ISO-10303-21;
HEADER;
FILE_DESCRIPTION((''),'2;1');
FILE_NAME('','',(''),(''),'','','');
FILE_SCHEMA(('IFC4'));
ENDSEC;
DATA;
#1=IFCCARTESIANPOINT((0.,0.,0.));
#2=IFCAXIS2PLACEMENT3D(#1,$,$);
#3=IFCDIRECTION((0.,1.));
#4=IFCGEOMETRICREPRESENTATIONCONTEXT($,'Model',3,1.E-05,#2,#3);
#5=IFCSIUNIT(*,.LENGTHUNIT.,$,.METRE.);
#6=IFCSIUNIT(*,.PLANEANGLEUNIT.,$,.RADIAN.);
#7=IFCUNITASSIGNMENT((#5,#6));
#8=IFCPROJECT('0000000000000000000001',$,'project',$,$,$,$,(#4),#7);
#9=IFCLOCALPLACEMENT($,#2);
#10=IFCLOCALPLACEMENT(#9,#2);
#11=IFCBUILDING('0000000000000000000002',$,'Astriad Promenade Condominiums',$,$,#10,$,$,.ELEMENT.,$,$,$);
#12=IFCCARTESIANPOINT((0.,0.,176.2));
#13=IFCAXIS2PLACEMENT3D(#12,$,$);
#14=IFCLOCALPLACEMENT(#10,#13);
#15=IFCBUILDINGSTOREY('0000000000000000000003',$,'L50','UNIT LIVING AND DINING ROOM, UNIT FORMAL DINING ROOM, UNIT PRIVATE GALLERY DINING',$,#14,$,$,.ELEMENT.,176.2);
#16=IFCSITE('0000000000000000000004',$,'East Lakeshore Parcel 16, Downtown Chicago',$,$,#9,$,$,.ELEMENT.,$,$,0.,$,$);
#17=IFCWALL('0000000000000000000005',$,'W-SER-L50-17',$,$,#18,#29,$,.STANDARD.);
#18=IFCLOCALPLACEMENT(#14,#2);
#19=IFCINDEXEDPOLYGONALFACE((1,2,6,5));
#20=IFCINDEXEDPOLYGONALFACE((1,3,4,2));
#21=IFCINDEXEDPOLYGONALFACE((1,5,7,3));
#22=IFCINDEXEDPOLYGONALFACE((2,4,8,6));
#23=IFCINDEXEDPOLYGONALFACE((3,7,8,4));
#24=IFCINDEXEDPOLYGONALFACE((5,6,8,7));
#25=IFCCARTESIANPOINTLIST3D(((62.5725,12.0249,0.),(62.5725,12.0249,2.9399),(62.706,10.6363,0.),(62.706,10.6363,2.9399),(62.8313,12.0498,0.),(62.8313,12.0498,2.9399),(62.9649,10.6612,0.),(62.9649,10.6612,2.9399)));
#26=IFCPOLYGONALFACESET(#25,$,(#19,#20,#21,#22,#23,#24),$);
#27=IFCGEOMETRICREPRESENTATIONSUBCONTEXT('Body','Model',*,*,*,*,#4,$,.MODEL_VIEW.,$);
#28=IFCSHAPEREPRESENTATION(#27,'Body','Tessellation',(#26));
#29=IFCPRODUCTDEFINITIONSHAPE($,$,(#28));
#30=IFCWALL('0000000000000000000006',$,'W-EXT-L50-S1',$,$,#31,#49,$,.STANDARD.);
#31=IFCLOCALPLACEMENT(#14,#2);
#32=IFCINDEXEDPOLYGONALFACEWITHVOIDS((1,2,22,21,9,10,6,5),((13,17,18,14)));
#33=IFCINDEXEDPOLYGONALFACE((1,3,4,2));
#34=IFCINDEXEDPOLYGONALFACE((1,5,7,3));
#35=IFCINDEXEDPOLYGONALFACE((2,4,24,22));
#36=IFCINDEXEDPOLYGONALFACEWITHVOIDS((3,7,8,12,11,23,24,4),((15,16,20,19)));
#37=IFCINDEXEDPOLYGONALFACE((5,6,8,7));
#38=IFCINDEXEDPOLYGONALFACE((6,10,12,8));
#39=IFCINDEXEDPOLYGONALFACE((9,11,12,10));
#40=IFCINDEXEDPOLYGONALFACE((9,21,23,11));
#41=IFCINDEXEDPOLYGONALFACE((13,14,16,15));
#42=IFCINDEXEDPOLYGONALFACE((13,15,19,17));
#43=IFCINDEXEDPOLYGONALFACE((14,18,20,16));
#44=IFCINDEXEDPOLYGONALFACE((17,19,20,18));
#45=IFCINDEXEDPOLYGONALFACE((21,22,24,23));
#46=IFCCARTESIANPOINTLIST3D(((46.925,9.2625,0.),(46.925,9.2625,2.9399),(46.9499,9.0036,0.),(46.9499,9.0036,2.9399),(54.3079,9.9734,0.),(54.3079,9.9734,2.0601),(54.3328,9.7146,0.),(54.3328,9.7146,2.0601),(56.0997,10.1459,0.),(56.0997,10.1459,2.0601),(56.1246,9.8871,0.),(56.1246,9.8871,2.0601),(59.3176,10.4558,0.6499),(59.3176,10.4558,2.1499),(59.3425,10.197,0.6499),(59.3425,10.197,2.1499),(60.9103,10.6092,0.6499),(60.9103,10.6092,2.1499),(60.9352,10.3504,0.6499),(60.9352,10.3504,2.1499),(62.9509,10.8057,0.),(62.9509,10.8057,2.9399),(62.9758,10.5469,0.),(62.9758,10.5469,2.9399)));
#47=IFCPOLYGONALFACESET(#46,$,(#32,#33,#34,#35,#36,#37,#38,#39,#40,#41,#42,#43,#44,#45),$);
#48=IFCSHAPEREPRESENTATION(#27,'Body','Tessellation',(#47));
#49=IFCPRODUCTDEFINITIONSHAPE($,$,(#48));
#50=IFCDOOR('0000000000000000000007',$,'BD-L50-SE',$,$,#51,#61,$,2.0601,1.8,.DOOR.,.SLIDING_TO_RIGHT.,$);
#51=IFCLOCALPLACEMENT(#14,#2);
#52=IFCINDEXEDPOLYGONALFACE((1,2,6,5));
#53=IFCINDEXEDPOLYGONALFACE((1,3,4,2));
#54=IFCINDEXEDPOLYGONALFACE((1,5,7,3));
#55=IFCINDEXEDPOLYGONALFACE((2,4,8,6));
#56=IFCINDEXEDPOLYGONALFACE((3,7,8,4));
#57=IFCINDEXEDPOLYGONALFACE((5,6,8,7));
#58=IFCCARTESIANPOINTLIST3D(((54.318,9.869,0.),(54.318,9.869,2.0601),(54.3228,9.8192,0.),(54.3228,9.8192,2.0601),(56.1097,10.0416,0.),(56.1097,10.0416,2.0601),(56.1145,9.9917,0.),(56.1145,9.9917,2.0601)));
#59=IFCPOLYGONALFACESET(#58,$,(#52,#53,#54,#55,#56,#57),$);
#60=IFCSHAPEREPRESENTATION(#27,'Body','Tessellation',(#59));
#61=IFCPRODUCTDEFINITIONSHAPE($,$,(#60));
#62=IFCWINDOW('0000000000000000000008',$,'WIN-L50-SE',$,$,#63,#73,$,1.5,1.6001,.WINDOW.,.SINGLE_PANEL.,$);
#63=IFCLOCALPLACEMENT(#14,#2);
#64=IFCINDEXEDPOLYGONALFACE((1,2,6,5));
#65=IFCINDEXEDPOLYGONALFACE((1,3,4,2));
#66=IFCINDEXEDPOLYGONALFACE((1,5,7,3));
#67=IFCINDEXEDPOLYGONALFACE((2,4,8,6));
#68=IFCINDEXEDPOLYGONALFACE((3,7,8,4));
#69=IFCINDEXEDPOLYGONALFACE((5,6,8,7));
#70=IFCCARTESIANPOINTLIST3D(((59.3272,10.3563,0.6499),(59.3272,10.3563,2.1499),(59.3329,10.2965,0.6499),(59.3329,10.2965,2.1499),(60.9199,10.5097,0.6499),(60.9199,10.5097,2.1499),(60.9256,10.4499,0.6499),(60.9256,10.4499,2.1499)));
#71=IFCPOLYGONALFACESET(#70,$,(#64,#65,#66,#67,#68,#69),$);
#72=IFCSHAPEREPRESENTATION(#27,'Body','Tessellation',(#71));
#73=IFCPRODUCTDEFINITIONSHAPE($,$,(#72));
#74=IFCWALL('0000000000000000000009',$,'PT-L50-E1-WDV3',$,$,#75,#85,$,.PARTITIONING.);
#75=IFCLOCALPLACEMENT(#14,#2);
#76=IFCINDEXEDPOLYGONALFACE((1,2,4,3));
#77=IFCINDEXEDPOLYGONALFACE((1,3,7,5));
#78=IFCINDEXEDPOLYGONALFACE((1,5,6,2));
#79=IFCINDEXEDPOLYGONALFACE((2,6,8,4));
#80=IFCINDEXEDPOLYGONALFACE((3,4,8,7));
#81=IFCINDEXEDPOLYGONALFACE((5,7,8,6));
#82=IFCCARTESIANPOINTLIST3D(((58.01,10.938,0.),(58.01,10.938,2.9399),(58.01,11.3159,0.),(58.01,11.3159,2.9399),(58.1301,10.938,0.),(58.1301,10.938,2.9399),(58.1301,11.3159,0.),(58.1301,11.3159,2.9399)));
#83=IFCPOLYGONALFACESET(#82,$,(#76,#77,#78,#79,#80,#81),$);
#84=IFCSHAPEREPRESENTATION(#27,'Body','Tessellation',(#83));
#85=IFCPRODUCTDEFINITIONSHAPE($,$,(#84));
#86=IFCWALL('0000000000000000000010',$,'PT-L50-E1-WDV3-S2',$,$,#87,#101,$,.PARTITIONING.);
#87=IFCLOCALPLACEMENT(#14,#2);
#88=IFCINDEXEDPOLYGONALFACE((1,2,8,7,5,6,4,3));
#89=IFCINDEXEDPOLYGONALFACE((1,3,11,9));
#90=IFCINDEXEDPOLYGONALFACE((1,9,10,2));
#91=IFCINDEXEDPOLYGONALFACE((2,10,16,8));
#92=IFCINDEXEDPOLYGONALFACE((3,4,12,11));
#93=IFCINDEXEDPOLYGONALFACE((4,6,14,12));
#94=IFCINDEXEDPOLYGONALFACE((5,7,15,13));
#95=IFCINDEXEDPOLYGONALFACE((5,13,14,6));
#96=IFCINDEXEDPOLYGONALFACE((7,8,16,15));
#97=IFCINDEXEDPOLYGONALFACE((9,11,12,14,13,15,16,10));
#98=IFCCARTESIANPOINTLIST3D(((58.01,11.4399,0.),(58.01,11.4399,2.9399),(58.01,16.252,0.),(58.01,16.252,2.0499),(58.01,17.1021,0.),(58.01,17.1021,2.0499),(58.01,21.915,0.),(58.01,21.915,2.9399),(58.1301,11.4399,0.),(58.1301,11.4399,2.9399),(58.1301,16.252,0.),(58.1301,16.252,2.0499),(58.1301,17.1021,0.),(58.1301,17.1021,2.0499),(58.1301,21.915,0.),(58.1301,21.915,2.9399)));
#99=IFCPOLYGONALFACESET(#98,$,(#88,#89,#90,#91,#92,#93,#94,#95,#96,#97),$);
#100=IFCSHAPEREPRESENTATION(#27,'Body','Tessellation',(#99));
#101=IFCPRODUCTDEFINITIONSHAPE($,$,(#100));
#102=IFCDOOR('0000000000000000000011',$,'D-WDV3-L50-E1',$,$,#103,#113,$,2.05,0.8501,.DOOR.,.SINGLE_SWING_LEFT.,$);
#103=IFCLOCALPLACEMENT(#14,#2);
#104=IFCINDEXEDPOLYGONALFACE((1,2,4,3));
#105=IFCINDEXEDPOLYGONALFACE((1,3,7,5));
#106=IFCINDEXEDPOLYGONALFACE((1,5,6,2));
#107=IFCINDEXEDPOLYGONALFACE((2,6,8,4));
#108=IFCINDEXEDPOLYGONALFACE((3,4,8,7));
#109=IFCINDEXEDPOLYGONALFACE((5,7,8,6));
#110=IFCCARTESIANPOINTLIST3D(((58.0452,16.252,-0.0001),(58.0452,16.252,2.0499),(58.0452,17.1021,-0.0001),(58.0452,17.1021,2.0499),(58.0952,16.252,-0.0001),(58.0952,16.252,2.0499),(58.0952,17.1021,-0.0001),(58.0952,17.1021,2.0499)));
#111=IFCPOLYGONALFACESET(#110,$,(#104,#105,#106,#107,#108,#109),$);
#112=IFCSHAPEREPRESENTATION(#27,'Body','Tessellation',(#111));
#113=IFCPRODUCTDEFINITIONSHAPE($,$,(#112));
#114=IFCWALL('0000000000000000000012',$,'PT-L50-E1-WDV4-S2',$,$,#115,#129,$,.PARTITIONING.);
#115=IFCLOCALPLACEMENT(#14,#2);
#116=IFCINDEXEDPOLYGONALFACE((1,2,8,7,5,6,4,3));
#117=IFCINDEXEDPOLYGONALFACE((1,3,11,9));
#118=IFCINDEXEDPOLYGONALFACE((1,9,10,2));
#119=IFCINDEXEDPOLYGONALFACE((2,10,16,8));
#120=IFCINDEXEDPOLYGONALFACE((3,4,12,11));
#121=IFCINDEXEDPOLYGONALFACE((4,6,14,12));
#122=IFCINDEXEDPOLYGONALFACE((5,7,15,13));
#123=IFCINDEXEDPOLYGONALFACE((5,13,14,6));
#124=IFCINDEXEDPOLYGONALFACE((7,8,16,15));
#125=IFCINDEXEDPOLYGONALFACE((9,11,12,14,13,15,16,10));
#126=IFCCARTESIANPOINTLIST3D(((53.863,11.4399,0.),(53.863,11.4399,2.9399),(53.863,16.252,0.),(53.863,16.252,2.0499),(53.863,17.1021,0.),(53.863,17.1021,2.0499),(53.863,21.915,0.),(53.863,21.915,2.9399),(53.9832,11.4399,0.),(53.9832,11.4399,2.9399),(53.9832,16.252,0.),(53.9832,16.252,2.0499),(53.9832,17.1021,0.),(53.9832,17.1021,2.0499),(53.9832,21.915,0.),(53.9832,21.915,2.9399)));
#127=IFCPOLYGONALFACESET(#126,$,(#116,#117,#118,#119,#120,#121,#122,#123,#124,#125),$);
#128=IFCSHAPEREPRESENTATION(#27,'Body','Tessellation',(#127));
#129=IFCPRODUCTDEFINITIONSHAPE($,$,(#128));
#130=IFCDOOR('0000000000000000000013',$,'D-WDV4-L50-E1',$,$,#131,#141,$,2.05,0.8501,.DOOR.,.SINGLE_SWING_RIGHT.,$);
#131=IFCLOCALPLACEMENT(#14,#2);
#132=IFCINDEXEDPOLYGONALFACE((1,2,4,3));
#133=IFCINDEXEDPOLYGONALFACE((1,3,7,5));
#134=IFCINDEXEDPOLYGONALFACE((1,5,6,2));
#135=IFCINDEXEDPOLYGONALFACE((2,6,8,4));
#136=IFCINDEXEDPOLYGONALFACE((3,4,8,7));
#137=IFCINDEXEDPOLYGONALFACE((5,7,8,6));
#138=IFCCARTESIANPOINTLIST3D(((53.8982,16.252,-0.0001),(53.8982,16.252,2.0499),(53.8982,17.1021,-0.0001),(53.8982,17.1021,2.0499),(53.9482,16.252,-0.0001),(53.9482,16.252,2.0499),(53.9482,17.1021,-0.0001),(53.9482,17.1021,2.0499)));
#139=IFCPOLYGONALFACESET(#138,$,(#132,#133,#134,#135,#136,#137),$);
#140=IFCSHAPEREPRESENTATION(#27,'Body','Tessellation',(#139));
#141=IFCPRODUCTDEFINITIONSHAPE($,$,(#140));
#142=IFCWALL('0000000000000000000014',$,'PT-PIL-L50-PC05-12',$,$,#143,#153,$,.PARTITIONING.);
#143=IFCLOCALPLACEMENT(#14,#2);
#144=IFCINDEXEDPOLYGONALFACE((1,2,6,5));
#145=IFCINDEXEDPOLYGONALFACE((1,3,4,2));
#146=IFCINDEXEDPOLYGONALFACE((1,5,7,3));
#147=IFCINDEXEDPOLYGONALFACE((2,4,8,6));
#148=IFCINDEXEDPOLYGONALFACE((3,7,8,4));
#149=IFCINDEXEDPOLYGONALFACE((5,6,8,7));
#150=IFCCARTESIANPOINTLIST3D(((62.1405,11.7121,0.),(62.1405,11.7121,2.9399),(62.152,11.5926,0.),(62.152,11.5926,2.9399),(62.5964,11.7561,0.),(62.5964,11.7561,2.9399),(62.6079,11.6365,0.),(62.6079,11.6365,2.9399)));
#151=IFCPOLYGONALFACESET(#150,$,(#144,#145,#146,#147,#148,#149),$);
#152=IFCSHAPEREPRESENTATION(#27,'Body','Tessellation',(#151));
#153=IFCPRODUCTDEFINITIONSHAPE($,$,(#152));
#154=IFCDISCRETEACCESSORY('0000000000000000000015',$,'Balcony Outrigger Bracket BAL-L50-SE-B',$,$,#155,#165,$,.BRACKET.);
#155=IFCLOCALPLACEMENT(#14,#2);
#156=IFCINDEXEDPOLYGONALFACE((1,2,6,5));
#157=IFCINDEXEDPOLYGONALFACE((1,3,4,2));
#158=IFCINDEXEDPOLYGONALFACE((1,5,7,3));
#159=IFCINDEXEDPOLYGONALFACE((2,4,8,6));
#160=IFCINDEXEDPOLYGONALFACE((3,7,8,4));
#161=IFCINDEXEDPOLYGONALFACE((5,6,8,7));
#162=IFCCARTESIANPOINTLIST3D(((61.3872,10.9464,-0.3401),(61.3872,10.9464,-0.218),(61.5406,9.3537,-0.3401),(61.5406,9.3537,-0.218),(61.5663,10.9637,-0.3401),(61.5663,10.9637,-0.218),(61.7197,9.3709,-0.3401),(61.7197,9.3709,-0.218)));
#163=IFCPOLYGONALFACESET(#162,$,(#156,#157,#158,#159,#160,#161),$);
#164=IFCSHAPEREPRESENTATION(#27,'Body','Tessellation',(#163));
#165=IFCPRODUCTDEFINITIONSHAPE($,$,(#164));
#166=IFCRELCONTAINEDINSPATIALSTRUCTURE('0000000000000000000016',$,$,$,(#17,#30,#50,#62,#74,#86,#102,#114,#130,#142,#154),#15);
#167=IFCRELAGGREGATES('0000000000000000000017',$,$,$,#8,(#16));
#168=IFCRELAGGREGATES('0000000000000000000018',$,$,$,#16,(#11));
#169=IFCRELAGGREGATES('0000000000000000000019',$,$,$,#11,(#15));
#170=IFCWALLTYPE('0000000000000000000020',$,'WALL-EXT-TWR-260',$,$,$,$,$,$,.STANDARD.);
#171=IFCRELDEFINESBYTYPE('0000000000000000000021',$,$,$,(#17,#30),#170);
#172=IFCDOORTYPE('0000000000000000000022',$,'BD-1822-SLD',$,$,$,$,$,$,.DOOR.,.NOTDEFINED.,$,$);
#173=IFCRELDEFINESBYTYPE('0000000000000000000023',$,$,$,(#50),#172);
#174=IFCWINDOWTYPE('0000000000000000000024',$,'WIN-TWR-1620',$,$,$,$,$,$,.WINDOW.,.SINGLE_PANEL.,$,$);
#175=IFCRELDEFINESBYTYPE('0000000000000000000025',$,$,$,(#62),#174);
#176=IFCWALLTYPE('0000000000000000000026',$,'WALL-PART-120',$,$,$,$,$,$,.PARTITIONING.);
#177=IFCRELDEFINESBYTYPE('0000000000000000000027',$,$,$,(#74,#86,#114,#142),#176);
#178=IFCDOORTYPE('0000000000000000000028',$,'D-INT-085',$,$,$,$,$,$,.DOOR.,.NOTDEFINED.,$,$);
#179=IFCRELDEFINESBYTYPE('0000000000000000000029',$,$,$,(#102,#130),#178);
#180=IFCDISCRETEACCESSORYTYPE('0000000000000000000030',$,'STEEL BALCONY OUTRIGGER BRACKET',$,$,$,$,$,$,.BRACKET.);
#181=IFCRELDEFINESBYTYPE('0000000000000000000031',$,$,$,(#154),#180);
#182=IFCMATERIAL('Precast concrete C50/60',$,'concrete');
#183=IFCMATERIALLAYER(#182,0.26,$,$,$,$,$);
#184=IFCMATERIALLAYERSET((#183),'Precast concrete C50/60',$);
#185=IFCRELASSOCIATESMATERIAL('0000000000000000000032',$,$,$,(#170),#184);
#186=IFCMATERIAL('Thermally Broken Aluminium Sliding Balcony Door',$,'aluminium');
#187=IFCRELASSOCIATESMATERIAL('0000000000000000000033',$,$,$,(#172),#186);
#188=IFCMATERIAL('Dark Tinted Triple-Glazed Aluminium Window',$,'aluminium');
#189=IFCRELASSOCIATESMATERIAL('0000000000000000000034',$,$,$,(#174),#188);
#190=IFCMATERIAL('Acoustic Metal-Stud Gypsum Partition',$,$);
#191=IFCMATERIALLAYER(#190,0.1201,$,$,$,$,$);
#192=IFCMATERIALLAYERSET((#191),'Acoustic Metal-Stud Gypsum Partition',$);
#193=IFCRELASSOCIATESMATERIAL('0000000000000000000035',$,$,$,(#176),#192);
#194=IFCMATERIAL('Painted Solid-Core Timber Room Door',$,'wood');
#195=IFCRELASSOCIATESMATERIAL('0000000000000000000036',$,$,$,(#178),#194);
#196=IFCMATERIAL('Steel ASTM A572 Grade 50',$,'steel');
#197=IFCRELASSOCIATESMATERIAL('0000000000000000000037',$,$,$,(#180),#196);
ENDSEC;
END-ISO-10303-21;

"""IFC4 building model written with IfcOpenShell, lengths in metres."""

from ifc_helpers import new_model, si_unit, direction, frame, frame_2d, origin, origin_2d, place, context, subcontext, project, spatial, rectangle, extrude, source, transform, mapped, material, layer, layer_set, type_object, type_shapes, element, fill, save


model = new_model("IFC4")

# Units and contexts
model_context = context("Model", 3, precision=1e-05, world=origin(), true_north=direction((0.0, 1.0)))
body_context = subcontext(model_context, "Body", "Model", "MODEL_VIEW")
ifc_project = project(units=[si_unit("LENGTHUNIT", "METRE"), si_unit("PLANEANGLEUNIT", "RADIAN")], contexts=[model_context])

# Site, building, storey
site_placement = place(None, origin())
site = spatial("IfcSite", under=ifc_project, at=site_placement, Name="East Lakeshore Parcel 16, Downtown Chicago", CompositionType="ELEMENT", RefElevation=0.0)
building_placement = place(site_placement, origin())
building = spatial("IfcBuilding", under=site, at=building_placement, Name="Astriad Promenade Condominiums", CompositionType="ELEMENT")
storey_placement = place(building_placement, frame((0.0, 0.0, 176.2)))
storey = spatial("IfcBuildingStorey", under=building, at=storey_placement, Name="L50", Description="UNIT LIVING AND DINING ROOM, UNIT FORMAL DINING ROOM, UNIT PRIVATE GALLERY DINING", CompositionType="ELEMENT", Elevation=176.2)

# Wall
ifc_material_1 = material(Name="Precast concrete C50/60", Category="concrete")
ifc_layer_1 = layer(ifc_material_1, 0.26)
ifc_layer_set_1 = layer_set([ifc_layer_1], Name="Precast concrete C50/60")
wall_type_1 = type_object("IfcWallType", Name="WALL-EXT-TWR-260", PredefinedType="STANDARD", material=ifc_layer_set_1)
for number, where, z_axis, x_axis, name in (
    (1, (62.7019, 12.0374, 0.0), (0.0, 0.0, 1.0), (0.095726, -0.995408, 0.0), "W-SER-L50-17"),
):
    element("IfcWall", number, at=place(storey_placement, frame(where, z_axis=z_axis, x_axis=x_axis)), inside=storey, type_object=wall_type_1, Name=name, PredefinedType="STANDARD", context=body_context, shape_type="SweptSolid", body=[
        extrude(rectangle(XDim=1.395, YDim=0.26, at=frame_2d((0.6975, 0.0))), origin(), (0.0, 0.0, 1.0), 2.9399),
    ])

# Wall, openings, door, window
wall_1_placement = place(storey_placement, frame((62.9634, 10.6763, 0.0), z_axis=(0.0, 0.0, 1.0), x_axis=(-0.995396, -0.095852, 0.0)))
wall_1 = element("IfcWall", 2, at=wall_1_placement, inside=storey, type_object=wall_type_1, Name="W-EXT-L50-S1", PredefinedType="STANDARD", context=body_context, shape_type="SweptSolid", body=[
    extrude(rectangle(XDim=16.1001, YDim=0.26, at=frame_2d((8.05, 0.0))), origin(), (0.0, 0.0, 1.0), 2.9399),
])
opening_1_placement = place(wall_1_placement, frame((6.8831, 0.0, 0.0)))
opening_1 = element("IfcOpeningElement", 3, at=opening_1_placement, cuts=wall_1, PredefinedType="OPENING", context=body_context, shape_type="SweptSolid", body=[
    extrude(rectangle(XDim=1.8, YDim=2.0601, at=frame_2d((0.8999, 1.03))), frame((0.0, 0.1399, 0.0), z_axis=(0.0, -1.0, 0.0), x_axis=(1.0, 0.0, 0.0)), (0.0, 0.0, 1.0), 0.28),
])
opening_2_placement = place(wall_1_placement, frame((2.05, 0.0, 0.6499)))
opening_2 = element("IfcOpeningElement", 4, at=opening_2_placement, cuts=wall_1, PredefinedType="OPENING", context=body_context, shape_type="SweptSolid", body=[
    extrude(rectangle(XDim=1.6001, YDim=1.5, at=frame_2d((0.8, 0.75))), frame((0.0, 0.1399, 0.0), z_axis=(0.0, -1.0, 0.0), x_axis=(1.0, 0.0, 0.0)), (0.0, 0.0, 1.0), 0.28),
])
ifc_material_2 = material(Name="Thermally Broken Aluminium Sliding Balcony Door", Category="aluminium")
door_type_1 = type_object("IfcDoorType", Name="BD-1822-SLD", OperationType="NOTDEFINED", PredefinedType="DOOR", material=ifc_material_2)
shared_shape_1 = source(origin(), body_context, "Body", "SweptSolid", [
    extrude(rectangle(XDim=1.8, YDim=2.0601, at=frame_2d((0.8999, 1.03))), frame((0.0, 0.0249, 0.0), z_axis=(0.0, -1.0, 0.0), x_axis=(1.0, 0.0, 0.0)), (0.0, 0.0, 1.0), 0.05),
])
type_shapes(door_type_1, [shared_shape_1])
door_1_placement = place(opening_1_placement, origin())
door_1 = element("IfcDoor", 5, at=door_1_placement, inside=storey, type_object=door_type_1, Name="BD-L50-SE", OperationType="SLIDING_TO_RIGHT", OverallHeight=2.0601, OverallWidth=1.8, PredefinedType="DOOR", context=body_context, shape_type="MappedRepresentation", body=[
    mapped(shared_shape_1, transform((0.0, 0.0, 0.0), scale=1.0)),
])
fill(opening_1, door_1)
ifc_material_3 = material(Name="Dark Tinted Triple-Glazed Aluminium Window", Category="aluminium")
window_type = type_object("IfcWindowType", Name="WIN-TWR-1620", PartitioningType="SINGLE_PANEL", PredefinedType="WINDOW", material=ifc_material_3)
shared_shape_2 = source(origin(), body_context, "Body", "SweptSolid", [
    extrude(rectangle(XDim=1.6001, YDim=1.5, at=frame_2d((0.8, 0.75))), frame((0.0, 0.03, 0.0), z_axis=(0.0, -1.0, 0.0), x_axis=(1.0, 0.0, 0.0)), (0.0, 0.0, 1.0), 0.0601),
])
type_shapes(window_type, [shared_shape_2])
window_placement = place(opening_2_placement, origin())
window = element("IfcWindow", 6, at=window_placement, inside=storey, type_object=window_type, Name="WIN-L50-SE", OverallHeight=1.5, OverallWidth=1.6001, PartitioningType="SINGLE_PANEL", PredefinedType="WINDOW", context=body_context, shape_type="MappedRepresentation", body=[
    mapped(shared_shape_2, transform((0.0, 0.0, 0.0), scale=1.0)),
])
fill(opening_2, window)

# Wall
ifc_material_4 = material(Name="Acoustic Metal-Stud Gypsum Partition")
ifc_layer_2 = layer(ifc_material_4, 0.1201)
ifc_layer_set_2 = layer_set([ifc_layer_2], Name="Acoustic Metal-Stud Gypsum Partition")
wall_type_2 = type_object("IfcWallType", Name="WALL-PART-120", PredefinedType="PARTITIONING", material=ifc_layer_set_2)
wall_2_placement = place(storey_placement, frame((58.0701, 10.938, 0.0), z_axis=(0.0, 0.0, 1.0), x_axis=(0.0, 1.0, 0.0)))
element("IfcWall", 7, at=wall_2_placement, inside=storey, type_object=wall_type_2, Name="PT-L50-E1-WDV3", PredefinedType="PARTITIONING", context=body_context, shape_type="SweptSolid", body=[
    extrude(rectangle(XDim=0.3779, YDim=0.1201, at=frame_2d((0.189, 0.0))), origin(), (0.0, 0.0, 1.0), 2.9399),
])

# Walls, openings, doors
wall_3_placement = place(storey_placement, frame((58.0701, 11.4399, 0.0), z_axis=(0.0, 0.0, 1.0), x_axis=(0.0, 1.0, 0.0)))
wall_3 = element("IfcWall", 8, at=wall_3_placement, inside=storey, type_object=wall_type_2, Name="PT-L50-E1-WDV3-S2", PredefinedType="PARTITIONING", context=body_context, shape_type="SweptSolid", body=[
    extrude(rectangle(XDim=10.4751, YDim=0.1201, at=frame_2d((5.2375, 0.0))), origin(), (0.0, 0.0, 1.0), 2.9399),
])
opening_3_placement = place(wall_3_placement, frame((4.812, 0.0, 0.0)))
opening_3 = element("IfcOpeningElement", 9, at=opening_3_placement, cuts=wall_3, PredefinedType="OPENING", context=body_context, shape_type="SweptSolid", body=[
    extrude(rectangle(XDim=0.8501, YDim=2.05, at=frame_2d((0.425, 1.0249))), frame((0.0, 0.0701, 0.0), z_axis=(0.0, -1.0, 0.0), x_axis=(1.0, 0.0, 0.0)), (0.0, 0.0, 1.0), 0.1401),
])
ifc_material_5 = material(Name="Painted Solid-Core Timber Room Door", Category="wood")
door_type_2 = type_object("IfcDoorType", Name="D-INT-085", OperationType="NOTDEFINED", PredefinedType="DOOR", material=ifc_material_5)
shared_shape_3 = source(origin(), body_context, "Body", "SweptSolid", [
    extrude(rectangle(XDim=0.8501, YDim=2.05, at=frame_2d((0.425, 1.0249))), frame((0.0, 0.0249, 0.0), z_axis=(0.0, -1.0, 0.0), x_axis=(1.0, 0.0, 0.0)), (0.0, 0.0, 1.0), 0.05),
])
type_shapes(door_type_2, [shared_shape_3])
door_2_placement = place(opening_3_placement, origin())
door_2 = element("IfcDoor", 10, at=door_2_placement, inside=storey, type_object=door_type_2, Name="D-WDV3-L50-E1", OperationType="SINGLE_SWING_LEFT", OverallHeight=2.05, OverallWidth=0.8501, PredefinedType="DOOR", context=body_context, shape_type="MappedRepresentation", body=[
    mapped(shared_shape_3, transform((0.0, 0.0, 0.0), scale=1.0)),
])
fill(opening_3, door_2)
wall_4_placement = place(storey_placement, frame((53.9231, 11.4399, 0.0), z_axis=(0.0, 0.0, 1.0), x_axis=(0.0, 1.0, 0.0)))
wall_4 = element("IfcWall", 11, at=wall_4_placement, inside=storey, type_object=wall_type_2, Name="PT-L50-E1-WDV4-S2", PredefinedType="PARTITIONING", context=body_context, shape_type="SweptSolid", body=[
    extrude(rectangle(XDim=10.4751, YDim=0.1201, at=frame_2d((5.2375, 0.0))), origin(), (0.0, 0.0, 1.0), 2.9399),
])
opening_4_placement = place(wall_4_placement, frame((4.812, 0.0, 0.0)))
opening_4 = element("IfcOpeningElement", 12, at=opening_4_placement, cuts=wall_4, PredefinedType="OPENING", context=body_context, shape_type="SweptSolid", body=[
    extrude(rectangle(XDim=0.8501, YDim=2.05, at=frame_2d((0.425, 1.0249))), frame((0.0, 0.0701, 0.0), z_axis=(0.0, -1.0, 0.0), x_axis=(1.0, 0.0, 0.0)), (0.0, 0.0, 1.0), 0.1401),
])
door_3_placement = place(opening_4_placement, origin())
door_3 = element("IfcDoor", 13, at=door_3_placement, inside=storey, type_object=door_type_2, Name="D-WDV4-L50-E1", OperationType="SINGLE_SWING_RIGHT", OverallHeight=2.05, OverallWidth=0.8501, PredefinedType="DOOR", context=body_context, shape_type="MappedRepresentation", body=[
    mapped(shared_shape_3, transform((0.0, 0.0, 0.0), scale=1.0)),
])
fill(opening_4, door_3)

# Wall
wall_5_placement = place(storey_placement, frame((62.1462, 11.6523, 0.0), z_axis=(0.0, 0.0, 1.0), x_axis=(0.995385, 0.095966, 0.0)))
element("IfcWall", 14, at=wall_5_placement, inside=storey, type_object=wall_type_2, Name="PT-PIL-L50-PC05-12", PredefinedType="PARTITIONING", context=body_context, shape_type="SweptSolid", body=[
    extrude(rectangle(XDim=0.458, YDim=0.1201, at=frame_2d((0.229, 0.0))), origin(), (0.0, 0.0, 1.0), 2.9399),
])

# Discrete accessory
ifc_material_6 = material(Name="Steel ASTM A572 Grade 50", Category="steel")
discrete_accessory_type = type_object("IfcDiscreteAccessoryType", Name="STEEL BALCONY OUTRIGGER BRACKET", PredefinedType="BRACKET", material=ifc_material_6)
shared_shape_4 = source(origin(), body_context, "Body", "SweptSolid", [
    extrude(rectangle(XDim=1.6001, YDim=0.1799, at=origin_2d()), origin(), (0.0, 0.0, 1.0), 0.1221),
])
type_shapes(discrete_accessory_type, [shared_shape_4])
discrete_accessory_placement = place(storey_placement, frame((61.5535, 10.1587, -0.3401), z_axis=(0.0, 0.0, 1.0), x_axis=(0.095846, -0.995396, 0.0)))
element("IfcDiscreteAccessory", 15, at=discrete_accessory_placement, inside=storey, type_object=discrete_accessory_type, Name="Balcony Outrigger Bracket BAL-L50-SE-B", PredefinedType="BRACKET", context=body_context, shape_type="MappedRepresentation", body=[
    mapped(shared_shape_4, transform((0.0, 0.0, 0.0), scale=1.0)),
])

save(model, "model.ifc")
